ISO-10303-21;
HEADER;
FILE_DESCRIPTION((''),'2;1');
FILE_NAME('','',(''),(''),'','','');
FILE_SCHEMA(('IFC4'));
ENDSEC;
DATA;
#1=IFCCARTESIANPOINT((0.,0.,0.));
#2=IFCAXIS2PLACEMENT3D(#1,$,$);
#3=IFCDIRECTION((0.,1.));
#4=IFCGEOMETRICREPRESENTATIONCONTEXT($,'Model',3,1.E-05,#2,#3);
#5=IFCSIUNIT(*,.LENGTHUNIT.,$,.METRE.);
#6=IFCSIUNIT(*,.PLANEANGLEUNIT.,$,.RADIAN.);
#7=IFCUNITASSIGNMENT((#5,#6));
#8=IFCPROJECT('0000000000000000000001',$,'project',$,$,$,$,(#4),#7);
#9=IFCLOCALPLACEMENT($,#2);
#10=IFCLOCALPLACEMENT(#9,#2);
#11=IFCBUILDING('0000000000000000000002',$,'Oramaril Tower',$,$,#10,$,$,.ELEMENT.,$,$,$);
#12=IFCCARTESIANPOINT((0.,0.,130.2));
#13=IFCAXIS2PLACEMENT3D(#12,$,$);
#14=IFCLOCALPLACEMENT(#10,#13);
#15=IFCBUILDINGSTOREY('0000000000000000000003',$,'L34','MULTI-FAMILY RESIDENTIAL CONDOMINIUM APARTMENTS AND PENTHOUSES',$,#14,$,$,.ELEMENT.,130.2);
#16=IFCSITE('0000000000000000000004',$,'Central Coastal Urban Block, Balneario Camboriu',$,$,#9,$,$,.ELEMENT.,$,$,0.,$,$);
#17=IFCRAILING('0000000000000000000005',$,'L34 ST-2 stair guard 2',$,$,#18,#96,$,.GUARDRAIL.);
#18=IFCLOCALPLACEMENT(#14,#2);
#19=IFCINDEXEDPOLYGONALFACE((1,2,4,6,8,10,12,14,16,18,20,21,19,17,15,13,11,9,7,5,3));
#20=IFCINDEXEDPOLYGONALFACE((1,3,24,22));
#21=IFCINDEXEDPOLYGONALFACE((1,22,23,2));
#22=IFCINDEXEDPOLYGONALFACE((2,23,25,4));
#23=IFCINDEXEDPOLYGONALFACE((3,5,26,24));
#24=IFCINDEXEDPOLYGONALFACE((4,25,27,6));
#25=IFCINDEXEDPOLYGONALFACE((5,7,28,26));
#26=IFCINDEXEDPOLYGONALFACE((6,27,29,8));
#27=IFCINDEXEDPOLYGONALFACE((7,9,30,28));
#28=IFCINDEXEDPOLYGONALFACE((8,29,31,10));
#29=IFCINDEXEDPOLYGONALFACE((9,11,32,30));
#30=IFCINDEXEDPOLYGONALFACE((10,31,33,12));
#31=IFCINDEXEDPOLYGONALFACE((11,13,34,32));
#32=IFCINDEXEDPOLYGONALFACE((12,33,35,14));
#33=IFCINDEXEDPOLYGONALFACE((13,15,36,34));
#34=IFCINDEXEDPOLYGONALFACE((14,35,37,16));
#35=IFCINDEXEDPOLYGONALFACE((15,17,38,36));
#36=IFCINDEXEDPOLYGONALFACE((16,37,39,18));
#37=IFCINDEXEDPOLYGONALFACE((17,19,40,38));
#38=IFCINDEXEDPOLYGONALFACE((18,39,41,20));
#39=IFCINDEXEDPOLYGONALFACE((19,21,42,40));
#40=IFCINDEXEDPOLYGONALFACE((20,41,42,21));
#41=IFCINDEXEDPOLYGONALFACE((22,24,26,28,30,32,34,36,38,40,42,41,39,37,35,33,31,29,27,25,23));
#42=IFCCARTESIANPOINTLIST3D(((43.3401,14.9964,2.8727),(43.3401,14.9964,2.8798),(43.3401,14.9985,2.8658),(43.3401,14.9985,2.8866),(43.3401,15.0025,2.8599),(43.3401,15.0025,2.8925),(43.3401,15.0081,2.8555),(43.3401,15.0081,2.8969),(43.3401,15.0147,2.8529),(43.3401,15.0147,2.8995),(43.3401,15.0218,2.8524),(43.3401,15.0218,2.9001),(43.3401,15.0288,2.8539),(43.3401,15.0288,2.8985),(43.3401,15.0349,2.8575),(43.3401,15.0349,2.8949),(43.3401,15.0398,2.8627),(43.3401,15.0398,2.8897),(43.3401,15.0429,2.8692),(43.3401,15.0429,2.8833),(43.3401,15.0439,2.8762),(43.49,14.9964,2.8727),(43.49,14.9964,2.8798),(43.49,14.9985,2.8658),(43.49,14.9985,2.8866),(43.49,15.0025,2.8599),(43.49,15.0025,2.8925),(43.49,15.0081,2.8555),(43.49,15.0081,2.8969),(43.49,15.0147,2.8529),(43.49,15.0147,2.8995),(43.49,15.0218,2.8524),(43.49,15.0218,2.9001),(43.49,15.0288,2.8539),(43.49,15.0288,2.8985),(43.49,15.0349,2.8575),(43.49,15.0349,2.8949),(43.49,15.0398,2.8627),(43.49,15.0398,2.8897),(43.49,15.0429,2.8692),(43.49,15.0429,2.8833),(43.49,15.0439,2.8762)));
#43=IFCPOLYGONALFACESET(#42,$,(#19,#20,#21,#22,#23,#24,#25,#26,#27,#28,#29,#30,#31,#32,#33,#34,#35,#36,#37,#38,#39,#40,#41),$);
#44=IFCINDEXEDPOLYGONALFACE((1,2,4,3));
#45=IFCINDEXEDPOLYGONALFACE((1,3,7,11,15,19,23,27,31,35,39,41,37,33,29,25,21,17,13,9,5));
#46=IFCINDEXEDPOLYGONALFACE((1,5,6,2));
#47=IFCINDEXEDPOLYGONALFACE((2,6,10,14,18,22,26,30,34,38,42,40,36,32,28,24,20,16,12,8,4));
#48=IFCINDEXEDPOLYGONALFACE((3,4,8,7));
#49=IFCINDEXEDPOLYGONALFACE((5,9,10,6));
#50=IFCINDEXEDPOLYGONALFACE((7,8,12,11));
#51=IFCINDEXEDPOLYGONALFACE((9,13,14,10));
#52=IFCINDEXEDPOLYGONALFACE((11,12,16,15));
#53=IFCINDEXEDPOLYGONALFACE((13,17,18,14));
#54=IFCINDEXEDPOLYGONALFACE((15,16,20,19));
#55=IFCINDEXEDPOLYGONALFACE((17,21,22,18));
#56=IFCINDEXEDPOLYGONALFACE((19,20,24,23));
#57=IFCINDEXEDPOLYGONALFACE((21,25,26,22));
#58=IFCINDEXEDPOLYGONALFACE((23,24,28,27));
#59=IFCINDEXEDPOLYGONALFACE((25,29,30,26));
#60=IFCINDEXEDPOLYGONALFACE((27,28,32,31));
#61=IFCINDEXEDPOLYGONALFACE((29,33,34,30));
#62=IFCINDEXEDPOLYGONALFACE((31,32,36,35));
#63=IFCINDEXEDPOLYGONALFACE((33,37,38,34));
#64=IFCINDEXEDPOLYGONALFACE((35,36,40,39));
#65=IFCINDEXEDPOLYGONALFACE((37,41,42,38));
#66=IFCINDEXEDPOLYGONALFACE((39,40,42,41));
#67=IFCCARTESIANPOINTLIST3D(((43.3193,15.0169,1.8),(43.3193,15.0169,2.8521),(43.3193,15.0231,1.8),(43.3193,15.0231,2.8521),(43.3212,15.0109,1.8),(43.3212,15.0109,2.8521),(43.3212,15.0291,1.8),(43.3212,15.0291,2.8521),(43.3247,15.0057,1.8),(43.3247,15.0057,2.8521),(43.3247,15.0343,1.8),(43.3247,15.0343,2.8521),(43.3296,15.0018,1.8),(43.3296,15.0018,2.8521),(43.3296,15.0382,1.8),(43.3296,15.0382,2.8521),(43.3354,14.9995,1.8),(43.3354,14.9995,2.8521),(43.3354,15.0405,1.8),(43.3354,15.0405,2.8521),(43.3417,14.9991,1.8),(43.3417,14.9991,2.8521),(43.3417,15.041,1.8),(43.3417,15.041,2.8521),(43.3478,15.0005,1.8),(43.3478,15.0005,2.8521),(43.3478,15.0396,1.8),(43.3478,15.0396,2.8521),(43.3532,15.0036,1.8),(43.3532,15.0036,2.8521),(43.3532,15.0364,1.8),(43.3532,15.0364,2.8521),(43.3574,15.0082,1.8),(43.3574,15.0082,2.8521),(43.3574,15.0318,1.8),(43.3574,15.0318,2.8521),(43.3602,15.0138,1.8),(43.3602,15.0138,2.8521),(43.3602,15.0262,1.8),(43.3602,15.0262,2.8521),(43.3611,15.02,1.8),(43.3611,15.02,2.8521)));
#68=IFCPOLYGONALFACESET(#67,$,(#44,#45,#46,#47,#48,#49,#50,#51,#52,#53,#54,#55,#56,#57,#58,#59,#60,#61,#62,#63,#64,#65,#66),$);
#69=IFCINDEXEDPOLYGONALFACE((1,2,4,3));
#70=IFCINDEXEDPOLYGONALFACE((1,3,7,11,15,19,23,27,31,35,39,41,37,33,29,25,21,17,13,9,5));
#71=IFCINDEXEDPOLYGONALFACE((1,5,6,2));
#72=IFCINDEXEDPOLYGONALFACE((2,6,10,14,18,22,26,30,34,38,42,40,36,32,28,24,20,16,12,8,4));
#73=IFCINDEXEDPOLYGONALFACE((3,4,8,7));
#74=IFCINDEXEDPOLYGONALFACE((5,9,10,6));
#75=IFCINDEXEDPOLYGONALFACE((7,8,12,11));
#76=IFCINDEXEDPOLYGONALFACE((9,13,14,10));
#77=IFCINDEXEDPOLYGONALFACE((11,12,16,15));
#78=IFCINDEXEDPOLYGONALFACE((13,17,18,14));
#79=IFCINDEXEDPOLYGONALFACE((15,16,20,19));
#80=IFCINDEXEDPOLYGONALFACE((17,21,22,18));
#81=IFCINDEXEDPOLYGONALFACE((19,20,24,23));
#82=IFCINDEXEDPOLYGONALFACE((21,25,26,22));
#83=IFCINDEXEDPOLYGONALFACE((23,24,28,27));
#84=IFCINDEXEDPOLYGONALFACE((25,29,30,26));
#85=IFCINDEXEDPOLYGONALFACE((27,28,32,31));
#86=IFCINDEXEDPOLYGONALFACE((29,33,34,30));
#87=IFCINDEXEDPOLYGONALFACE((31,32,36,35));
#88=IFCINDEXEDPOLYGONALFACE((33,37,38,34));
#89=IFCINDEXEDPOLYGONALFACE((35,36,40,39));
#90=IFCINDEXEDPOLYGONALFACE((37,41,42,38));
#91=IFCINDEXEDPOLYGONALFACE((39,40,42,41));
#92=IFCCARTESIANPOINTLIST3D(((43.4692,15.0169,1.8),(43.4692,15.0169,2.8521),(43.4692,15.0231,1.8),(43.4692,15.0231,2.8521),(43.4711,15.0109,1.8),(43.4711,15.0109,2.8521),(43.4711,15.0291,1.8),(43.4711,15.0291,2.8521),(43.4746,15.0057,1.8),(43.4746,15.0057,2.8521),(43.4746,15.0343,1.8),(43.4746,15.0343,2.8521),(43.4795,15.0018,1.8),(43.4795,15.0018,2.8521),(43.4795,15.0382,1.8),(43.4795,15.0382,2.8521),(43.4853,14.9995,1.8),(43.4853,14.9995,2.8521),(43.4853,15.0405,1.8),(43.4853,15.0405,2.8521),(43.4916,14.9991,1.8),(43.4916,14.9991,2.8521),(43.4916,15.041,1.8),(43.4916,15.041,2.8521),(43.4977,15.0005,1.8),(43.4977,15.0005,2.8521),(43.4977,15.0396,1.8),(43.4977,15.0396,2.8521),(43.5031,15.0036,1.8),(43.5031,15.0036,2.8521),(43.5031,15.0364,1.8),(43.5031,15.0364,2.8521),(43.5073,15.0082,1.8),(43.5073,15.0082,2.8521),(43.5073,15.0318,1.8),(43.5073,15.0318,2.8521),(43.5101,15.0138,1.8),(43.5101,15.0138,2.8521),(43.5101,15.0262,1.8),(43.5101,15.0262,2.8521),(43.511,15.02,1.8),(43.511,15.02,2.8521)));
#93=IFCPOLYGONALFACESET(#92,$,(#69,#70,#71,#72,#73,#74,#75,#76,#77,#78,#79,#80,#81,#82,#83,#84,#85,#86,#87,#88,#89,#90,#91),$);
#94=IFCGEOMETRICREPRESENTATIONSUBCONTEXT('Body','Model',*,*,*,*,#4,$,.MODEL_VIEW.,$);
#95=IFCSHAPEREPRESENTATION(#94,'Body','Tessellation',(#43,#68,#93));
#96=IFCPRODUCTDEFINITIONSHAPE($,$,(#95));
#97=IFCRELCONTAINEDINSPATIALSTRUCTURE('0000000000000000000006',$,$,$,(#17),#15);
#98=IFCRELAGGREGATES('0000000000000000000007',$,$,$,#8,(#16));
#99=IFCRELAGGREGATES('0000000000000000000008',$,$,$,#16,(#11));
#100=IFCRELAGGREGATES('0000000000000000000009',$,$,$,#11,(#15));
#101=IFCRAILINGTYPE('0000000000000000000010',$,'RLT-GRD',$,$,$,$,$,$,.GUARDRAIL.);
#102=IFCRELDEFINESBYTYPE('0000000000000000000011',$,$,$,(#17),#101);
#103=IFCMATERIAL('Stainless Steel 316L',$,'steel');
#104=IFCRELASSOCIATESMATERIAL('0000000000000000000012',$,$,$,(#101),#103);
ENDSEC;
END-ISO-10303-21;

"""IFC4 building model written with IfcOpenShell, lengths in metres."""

from ifc_helpers import new_model, si_unit, direction, frame, origin, origin_2d, place, context, subcontext, project, spatial, circle, extrude, material, type_object, element, save


model = new_model("IFC4")

# Units and contexts
model_context = context("Model", 3, precision=1e-05, world=origin(), true_north=direction((0.0, 1.0)))
body_context = subcontext(model_context, "Body", "Model", "MODEL_VIEW")
ifc_project = project(units=[si_unit("LENGTHUNIT", "METRE"), si_unit("PLANEANGLEUNIT", "RADIAN")], contexts=[model_context])

# Site, building, storey
site_placement = place(None, origin())
site = spatial("IfcSite", under=ifc_project, at=site_placement, Name="Central Coastal Urban Block, Balneario Camboriu", CompositionType="ELEMENT", RefElevation=0.0)
building_placement = place(site_placement, origin())
building = spatial("IfcBuilding", under=site, at=building_placement, Name="Oramaril Tower", CompositionType="ELEMENT")
storey_placement = place(building_placement, frame((0.0, 0.0, 130.2)))
storey = spatial("IfcBuildingStorey", under=building, at=storey_placement, Name="L34", Description="MULTI-FAMILY RESIDENTIAL CONDOMINIUM APARTMENTS AND PENTHOUSES", CompositionType="ELEMENT", Elevation=130.2)

# Railing
ifc_material_1 = material(Name="Stainless Steel 316L", Category="steel")
railing_type_1 = type_object("IfcRailingType", Name="RLT-GRD", PredefinedType="GUARDRAIL", material=ifc_material_1)
railing_1_placement = place(storey_placement, frame((43.3401, 15.02, 1.8)))
element("IfcRailing", 1, at=railing_1_placement, inside=storey, type_object=railing_type_1, Name="L34 ST-2 stair guard 2", PredefinedType="GUARDRAIL", context=body_context, shape_type="SweptSolid", body=[
    extrude(circle(Radius=0.0239, at=origin_2d()), frame((0.0, 0.0, 1.0762), z_axis=(1.0, 0.0, 0.0), x_axis=(0.0, 1.0, 0.0)), (0.0, 0.0, 1.0), 0.1499),
    extrude(circle(Radius=0.021, at=origin_2d()), origin(), (0.0, 0.0, 1.0), 1.052),
    extrude(circle(Radius=0.021, at=origin_2d()), frame((0.1499, 0.0, 0.0)), (0.0, 0.0, 1.0), 1.052),
])

save(model, "model.ifc")
